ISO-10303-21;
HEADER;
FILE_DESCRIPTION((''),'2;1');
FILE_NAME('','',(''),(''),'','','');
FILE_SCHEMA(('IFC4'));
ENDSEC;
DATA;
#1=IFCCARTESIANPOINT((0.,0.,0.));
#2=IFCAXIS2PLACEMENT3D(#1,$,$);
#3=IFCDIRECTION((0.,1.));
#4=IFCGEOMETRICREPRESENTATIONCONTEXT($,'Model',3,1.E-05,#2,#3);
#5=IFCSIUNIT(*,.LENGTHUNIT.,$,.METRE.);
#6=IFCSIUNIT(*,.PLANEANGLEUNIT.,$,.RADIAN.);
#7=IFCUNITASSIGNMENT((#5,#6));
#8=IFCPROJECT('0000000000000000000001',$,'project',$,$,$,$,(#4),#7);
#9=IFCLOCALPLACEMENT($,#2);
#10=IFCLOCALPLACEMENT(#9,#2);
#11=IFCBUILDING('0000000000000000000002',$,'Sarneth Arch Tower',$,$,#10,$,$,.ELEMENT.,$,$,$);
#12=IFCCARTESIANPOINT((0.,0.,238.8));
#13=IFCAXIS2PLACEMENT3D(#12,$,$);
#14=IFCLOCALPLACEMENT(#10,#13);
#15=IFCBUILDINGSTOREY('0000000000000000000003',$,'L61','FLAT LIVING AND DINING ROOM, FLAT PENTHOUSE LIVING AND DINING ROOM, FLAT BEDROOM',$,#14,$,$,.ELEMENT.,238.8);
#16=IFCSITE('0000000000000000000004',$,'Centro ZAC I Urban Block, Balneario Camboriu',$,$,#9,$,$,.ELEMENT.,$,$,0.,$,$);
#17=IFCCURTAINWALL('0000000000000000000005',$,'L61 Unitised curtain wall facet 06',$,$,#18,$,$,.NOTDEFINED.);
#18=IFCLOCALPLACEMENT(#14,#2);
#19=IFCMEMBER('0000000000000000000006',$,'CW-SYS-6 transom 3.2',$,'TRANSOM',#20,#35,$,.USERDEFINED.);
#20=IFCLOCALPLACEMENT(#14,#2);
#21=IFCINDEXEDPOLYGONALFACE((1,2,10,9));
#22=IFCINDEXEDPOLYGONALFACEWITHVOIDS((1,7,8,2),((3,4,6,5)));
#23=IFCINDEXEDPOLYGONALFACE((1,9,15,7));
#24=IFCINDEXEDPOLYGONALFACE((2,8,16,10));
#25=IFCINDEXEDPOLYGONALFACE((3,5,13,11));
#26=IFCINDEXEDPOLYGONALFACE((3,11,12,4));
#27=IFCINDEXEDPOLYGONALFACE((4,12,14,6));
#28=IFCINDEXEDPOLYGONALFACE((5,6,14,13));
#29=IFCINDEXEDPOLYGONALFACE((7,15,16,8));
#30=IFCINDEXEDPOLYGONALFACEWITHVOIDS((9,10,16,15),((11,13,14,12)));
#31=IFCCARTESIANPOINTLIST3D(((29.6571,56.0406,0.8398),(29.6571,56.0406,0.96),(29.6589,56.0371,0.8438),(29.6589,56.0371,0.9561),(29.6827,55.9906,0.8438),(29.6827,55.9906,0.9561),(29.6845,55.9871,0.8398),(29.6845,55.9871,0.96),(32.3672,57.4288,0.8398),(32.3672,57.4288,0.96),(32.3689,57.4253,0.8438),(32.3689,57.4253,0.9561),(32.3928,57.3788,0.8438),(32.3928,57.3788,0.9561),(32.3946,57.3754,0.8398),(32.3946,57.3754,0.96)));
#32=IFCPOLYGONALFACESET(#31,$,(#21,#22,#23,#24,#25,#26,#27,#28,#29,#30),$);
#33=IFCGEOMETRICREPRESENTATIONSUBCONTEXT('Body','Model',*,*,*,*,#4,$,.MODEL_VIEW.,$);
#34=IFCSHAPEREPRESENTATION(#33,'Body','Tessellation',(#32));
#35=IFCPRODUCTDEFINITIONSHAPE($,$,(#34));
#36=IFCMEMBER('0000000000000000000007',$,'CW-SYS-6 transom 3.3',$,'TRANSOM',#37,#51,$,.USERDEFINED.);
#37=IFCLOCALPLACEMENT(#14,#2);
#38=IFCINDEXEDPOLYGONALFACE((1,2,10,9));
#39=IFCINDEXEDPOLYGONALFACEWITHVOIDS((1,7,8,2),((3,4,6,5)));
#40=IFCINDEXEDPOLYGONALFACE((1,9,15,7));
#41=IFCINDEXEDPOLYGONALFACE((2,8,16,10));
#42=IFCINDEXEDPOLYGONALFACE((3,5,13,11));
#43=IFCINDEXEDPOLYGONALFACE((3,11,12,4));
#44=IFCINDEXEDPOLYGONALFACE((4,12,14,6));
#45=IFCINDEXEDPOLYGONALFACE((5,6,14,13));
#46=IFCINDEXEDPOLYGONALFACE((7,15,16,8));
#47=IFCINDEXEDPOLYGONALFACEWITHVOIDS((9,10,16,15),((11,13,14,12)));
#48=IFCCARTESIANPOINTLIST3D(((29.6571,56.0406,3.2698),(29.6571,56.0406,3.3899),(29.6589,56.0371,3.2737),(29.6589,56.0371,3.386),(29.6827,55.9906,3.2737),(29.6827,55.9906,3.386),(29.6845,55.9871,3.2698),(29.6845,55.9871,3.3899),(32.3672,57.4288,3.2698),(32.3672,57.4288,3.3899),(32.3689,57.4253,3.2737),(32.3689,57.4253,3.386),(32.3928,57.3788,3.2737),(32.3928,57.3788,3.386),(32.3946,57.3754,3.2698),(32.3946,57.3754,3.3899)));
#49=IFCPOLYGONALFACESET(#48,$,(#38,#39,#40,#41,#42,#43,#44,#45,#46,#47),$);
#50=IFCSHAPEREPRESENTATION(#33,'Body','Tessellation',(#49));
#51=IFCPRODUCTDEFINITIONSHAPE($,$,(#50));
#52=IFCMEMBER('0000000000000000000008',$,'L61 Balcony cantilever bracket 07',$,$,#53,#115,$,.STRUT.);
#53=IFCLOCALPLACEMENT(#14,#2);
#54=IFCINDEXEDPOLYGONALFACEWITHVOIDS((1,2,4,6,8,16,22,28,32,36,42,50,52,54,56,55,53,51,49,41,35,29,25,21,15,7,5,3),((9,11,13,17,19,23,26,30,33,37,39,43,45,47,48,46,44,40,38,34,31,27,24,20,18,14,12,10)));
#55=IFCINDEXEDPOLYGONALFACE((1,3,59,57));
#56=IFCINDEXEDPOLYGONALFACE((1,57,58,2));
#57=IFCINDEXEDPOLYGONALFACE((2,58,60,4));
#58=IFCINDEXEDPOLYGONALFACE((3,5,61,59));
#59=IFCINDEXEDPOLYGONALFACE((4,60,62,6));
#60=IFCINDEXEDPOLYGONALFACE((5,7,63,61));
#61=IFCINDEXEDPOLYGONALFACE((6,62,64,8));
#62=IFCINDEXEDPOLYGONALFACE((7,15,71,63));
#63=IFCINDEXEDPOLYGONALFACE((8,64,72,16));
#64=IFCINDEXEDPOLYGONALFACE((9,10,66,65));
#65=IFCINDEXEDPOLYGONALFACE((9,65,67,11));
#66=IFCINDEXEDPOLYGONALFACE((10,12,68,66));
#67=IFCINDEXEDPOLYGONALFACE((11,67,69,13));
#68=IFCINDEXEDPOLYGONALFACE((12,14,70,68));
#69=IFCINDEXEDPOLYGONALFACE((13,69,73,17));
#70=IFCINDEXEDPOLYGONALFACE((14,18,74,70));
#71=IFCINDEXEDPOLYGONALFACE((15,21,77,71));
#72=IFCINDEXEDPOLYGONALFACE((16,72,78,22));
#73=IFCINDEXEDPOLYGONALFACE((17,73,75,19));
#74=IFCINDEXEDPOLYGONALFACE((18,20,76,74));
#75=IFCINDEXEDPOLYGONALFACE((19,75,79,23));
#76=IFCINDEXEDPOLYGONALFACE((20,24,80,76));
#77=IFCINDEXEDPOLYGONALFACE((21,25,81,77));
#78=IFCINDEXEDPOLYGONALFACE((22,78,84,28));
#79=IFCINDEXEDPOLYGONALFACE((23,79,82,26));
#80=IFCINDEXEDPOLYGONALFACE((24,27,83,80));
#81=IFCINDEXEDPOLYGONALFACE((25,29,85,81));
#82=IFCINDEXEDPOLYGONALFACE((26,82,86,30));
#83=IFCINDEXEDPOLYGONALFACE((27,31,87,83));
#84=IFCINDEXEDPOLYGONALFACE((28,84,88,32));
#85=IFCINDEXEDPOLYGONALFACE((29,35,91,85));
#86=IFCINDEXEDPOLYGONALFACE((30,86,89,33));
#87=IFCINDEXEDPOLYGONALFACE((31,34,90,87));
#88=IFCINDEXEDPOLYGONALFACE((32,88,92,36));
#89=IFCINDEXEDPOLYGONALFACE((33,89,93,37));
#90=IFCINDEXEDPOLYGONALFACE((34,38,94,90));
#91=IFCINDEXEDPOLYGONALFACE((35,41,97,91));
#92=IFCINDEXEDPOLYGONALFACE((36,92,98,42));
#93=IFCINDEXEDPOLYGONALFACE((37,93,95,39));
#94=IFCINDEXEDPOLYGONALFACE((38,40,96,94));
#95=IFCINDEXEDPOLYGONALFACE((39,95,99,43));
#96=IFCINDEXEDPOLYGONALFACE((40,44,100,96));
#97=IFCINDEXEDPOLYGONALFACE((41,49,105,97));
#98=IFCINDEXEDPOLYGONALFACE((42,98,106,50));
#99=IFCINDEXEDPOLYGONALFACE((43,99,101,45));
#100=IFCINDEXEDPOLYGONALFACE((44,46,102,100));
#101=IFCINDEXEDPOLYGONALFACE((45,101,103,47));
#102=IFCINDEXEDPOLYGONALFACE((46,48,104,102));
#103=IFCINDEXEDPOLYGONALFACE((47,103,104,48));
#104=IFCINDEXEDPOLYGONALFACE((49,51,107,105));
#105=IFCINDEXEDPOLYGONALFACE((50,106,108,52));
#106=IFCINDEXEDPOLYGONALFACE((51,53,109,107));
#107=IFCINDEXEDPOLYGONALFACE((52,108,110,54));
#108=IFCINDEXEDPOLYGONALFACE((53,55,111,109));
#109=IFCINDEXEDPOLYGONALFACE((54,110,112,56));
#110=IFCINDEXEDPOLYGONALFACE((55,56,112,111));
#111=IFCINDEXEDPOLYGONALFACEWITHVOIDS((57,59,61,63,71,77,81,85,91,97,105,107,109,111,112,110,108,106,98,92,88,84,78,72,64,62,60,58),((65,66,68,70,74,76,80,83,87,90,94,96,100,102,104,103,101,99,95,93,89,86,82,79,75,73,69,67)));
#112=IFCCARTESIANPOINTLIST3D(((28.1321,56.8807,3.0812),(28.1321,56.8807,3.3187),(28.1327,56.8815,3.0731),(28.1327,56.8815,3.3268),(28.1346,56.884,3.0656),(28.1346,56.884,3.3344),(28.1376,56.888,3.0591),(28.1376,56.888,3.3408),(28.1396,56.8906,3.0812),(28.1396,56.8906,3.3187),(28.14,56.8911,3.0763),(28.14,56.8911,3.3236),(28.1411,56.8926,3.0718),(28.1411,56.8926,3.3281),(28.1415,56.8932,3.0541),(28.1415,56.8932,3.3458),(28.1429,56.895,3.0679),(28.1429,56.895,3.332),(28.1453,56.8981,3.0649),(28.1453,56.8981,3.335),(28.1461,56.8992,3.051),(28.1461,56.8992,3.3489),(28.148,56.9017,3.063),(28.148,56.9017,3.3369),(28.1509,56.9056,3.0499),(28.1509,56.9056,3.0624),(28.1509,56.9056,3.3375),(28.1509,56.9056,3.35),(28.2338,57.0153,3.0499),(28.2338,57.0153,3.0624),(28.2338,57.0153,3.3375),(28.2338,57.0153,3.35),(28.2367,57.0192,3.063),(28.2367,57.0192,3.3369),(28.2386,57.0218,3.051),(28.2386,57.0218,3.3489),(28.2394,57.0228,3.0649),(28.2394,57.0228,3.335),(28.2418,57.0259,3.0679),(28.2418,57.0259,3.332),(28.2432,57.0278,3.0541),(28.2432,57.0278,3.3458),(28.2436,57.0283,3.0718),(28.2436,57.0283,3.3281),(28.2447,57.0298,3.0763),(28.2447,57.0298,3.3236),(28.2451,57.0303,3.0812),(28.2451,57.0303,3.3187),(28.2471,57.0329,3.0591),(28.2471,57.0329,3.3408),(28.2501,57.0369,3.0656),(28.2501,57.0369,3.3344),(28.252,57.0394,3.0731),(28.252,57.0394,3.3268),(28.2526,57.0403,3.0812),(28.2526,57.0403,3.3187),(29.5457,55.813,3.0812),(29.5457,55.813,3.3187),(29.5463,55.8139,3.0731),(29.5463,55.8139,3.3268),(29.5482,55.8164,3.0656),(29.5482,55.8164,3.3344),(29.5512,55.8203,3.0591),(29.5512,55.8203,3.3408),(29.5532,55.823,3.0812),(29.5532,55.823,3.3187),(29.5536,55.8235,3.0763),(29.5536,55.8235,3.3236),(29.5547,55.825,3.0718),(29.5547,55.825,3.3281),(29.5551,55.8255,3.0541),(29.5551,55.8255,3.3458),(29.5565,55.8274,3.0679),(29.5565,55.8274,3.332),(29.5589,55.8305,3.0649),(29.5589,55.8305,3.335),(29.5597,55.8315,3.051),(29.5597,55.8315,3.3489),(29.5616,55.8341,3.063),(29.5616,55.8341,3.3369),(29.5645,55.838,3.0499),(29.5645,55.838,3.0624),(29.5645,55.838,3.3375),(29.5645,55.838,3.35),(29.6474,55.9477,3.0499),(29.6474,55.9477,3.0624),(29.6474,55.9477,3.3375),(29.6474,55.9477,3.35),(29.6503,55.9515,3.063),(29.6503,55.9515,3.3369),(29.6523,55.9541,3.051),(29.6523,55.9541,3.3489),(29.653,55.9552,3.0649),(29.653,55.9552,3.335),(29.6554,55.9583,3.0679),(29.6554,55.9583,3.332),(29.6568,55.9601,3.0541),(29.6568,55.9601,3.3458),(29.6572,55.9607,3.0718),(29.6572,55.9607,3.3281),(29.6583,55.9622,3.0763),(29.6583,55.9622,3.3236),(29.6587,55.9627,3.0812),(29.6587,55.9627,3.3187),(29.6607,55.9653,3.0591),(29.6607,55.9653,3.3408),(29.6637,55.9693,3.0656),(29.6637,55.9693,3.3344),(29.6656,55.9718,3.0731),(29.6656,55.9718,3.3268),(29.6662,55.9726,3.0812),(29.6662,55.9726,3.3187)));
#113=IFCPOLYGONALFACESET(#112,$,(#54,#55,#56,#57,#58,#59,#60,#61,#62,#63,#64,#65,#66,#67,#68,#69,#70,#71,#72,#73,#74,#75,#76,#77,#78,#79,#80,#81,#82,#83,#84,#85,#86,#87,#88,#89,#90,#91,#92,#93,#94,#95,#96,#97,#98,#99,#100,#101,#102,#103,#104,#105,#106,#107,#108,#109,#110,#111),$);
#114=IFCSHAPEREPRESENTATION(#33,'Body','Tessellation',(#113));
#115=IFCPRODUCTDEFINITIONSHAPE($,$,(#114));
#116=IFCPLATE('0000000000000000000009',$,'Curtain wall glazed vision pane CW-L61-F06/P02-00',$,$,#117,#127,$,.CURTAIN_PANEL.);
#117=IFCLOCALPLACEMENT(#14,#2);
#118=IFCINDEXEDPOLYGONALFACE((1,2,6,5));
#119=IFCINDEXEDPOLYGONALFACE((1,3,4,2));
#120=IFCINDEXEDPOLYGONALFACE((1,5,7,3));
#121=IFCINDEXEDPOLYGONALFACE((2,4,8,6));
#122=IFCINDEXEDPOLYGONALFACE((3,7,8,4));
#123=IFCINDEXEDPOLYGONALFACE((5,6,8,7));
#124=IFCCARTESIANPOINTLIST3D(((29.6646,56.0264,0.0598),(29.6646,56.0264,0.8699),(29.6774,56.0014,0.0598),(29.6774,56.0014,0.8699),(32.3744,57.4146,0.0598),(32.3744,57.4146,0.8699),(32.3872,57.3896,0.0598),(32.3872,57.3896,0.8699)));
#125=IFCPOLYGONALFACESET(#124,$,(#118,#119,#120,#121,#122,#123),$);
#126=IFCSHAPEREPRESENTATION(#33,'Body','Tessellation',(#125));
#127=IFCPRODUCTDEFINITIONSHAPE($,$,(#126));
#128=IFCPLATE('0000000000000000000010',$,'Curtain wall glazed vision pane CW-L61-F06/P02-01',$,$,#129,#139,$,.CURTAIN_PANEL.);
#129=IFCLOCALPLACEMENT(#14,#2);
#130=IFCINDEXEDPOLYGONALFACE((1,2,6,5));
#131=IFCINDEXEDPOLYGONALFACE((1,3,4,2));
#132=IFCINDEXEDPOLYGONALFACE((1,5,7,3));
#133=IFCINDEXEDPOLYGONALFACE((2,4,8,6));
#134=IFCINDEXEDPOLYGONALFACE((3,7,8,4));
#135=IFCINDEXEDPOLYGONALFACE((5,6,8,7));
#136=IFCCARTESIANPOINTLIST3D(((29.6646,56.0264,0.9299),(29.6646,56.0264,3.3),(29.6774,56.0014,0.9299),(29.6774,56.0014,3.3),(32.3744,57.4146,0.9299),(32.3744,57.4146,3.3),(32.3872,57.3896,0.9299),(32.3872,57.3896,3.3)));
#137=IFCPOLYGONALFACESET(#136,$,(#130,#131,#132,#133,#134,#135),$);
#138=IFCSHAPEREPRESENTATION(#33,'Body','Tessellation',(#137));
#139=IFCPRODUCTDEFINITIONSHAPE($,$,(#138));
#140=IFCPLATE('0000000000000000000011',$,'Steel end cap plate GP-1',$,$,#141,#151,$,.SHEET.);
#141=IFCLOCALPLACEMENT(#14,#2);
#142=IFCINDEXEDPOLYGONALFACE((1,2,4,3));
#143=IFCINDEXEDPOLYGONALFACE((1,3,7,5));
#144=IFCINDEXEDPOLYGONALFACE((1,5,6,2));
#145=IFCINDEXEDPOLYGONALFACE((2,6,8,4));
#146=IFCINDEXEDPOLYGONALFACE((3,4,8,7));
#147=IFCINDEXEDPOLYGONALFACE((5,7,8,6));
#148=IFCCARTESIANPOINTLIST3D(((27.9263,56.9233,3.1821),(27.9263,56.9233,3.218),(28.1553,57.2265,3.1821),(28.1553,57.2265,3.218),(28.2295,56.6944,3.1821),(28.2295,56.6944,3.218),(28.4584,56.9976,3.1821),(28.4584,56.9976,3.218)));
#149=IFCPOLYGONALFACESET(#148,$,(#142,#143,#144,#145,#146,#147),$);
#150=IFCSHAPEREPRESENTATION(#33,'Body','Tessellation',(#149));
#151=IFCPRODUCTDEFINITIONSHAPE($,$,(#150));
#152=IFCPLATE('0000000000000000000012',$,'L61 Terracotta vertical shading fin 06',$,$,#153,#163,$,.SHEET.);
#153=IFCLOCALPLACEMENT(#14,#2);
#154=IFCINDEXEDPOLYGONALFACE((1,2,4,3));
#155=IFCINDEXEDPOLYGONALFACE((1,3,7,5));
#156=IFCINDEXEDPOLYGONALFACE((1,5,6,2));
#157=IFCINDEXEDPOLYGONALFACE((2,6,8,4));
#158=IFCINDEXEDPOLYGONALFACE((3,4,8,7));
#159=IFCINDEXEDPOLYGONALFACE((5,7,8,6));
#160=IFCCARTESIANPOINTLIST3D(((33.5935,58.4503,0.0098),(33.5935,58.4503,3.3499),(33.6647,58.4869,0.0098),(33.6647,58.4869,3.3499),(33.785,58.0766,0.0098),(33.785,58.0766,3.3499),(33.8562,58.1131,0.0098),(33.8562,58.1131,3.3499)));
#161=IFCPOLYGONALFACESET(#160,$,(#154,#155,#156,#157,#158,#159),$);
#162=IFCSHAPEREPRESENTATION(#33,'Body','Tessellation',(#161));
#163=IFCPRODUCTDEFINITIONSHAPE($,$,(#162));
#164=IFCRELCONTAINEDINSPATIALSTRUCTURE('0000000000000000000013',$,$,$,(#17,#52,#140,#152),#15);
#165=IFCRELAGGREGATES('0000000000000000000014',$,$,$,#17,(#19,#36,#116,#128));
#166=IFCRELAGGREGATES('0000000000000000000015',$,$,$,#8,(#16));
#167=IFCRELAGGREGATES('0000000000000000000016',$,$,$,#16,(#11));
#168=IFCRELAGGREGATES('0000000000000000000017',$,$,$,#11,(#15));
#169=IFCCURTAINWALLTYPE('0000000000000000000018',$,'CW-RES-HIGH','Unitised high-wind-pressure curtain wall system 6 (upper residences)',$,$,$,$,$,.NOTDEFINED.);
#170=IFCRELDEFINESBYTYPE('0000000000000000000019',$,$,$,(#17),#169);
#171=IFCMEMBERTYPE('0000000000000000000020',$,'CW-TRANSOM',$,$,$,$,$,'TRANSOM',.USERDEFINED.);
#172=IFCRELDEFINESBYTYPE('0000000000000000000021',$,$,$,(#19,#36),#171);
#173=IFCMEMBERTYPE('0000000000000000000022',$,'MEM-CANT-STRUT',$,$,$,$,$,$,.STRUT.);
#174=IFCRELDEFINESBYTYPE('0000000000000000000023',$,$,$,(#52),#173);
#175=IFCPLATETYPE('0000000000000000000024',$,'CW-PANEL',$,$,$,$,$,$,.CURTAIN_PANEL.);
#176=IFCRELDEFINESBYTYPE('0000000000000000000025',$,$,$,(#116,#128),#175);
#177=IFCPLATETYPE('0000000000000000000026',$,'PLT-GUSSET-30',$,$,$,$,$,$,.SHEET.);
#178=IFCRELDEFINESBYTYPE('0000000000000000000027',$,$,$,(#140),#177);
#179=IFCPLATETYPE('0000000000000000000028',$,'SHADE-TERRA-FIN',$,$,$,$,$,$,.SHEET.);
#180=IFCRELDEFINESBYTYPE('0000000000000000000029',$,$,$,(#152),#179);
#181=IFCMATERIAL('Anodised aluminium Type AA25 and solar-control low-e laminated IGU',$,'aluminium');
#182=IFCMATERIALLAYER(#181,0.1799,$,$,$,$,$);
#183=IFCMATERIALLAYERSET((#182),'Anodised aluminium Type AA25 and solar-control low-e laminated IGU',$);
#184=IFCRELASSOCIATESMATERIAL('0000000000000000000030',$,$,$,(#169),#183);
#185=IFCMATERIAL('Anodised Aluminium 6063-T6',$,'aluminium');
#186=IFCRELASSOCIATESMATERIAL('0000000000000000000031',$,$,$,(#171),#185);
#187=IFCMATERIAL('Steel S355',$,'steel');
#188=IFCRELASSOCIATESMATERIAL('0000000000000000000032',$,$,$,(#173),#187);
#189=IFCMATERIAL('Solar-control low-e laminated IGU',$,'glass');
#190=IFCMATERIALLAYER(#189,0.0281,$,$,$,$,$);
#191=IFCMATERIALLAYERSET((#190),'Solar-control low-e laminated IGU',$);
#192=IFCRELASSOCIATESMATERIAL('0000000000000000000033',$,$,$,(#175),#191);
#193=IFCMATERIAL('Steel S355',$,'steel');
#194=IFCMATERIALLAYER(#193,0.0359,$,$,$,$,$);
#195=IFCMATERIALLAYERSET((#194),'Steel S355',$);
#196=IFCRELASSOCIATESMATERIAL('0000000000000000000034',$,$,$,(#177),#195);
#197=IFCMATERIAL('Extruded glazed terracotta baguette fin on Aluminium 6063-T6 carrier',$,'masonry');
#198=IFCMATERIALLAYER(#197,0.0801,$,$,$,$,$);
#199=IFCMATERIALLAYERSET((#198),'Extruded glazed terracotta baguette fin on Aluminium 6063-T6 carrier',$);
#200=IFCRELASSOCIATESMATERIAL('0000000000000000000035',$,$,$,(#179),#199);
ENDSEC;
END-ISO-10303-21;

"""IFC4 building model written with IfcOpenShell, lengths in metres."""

from ifc_helpers import new_model, si_unit, direction, frame, origin, origin_2d, place, context, subcontext, project, spatial, rectangle, hollow_rectangle, extrude, material, layer, layer_set, material_profile, profile_set, type_object, element, aggregate, save


model = new_model("IFC4")

# Units and contexts
model_context = context("Model", 3, precision=1e-05, world=origin(), true_north=direction((0.0, 1.0)))
body_context = subcontext(model_context, "Body", "Model", "MODEL_VIEW")
ifc_project = project(units=[si_unit("LENGTHUNIT", "METRE"), si_unit("PLANEANGLEUNIT", "RADIAN")], contexts=[model_context])

# Site, building, storey
site_placement = place(None, origin())
site = spatial("IfcSite", under=ifc_project, at=site_placement, Name="Centro ZAC I Urban Block, Balneario Camboriu", CompositionType="ELEMENT", RefElevation=0.0)
building_placement = place(site_placement, origin())
building = spatial("IfcBuilding", under=site, at=building_placement, Name="Sarneth Arch Tower", CompositionType="ELEMENT")
storey_placement = place(building_placement, frame((0.0, 0.0, 238.8)))
storey = spatial("IfcBuildingStorey", under=building, at=storey_placement, Name="L61", Description="FLAT LIVING AND DINING ROOM, FLAT PENTHOUSE LIVING AND DINING ROOM, FLAT BEDROOM", CompositionType="ELEMENT", Elevation=238.8)

# Curtain wall, members
ifc_material_1 = material(Name="Anodised aluminium Type AA25 and solar-control low-e laminated IGU", Category="aluminium")
ifc_layer_1 = layer(ifc_material_1, 0.1799)
ifc_layer_set_1 = layer_set([ifc_layer_1], Name="Anodised aluminium Type AA25 and solar-control low-e laminated IGU")
curtain_wall_type = type_object("IfcCurtainWallType", Name="CW-RES-HIGH", Description="Unitised high-wind-pressure curtain wall system 6 (upper residences)", PredefinedType="NOTDEFINED", material=ifc_layer_set_1)
curtain_wall_placement = place(storey_placement, origin())
curtain_wall = element("IfcCurtainWall", 1, at=curtain_wall_placement, inside=storey, type_object=curtain_wall_type, Name="L61 Unitised curtain wall facet 06", PredefinedType="NOTDEFINED")
ifc_material_2 = material(Name="Anodised Aluminium 6063-T6", Category="aluminium")
ifc_material_profile_1 = material_profile(ifc_material_2, hollow_rectangle(XDim=0.0601, YDim=0.1201, WallThickness=0.0039, at=origin_2d()), Name="AL-TRAN-120x60x4")
ifc_profile_set_1 = profile_set([ifc_material_profile_1], Name="Anodised Aluminium 6063-T6")
member_type_1 = type_object("IfcMemberType", Name="CW-TRANSOM", ElementType="TRANSOM", PredefinedType="USERDEFINED", material=ifc_profile_set_1)
member_1_placement = place(storey_placement, frame((32.3809, 57.4021, 0.8999), z_axis=(-0.890023, -0.455916, 0.0), x_axis=(0.455916, -0.890023, 0.0)))
member_1 = element("IfcMember", 2, at=member_1_placement, type_object=member_type_1, Name="CW-SYS-6 transom 3.2", ObjectType="TRANSOM", PredefinedType="USERDEFINED", context=body_context, shape_type="SweptSolid", body=[
    extrude(hollow_rectangle(XDim=0.0601, YDim=0.1201, WallThickness=0.0039, at=origin_2d()), origin(), (0.0, 0.0, 1.0), 3.0449),
])
member_2_placement = place(storey_placement, frame((32.3809, 57.4021, 3.3298), z_axis=(-0.890023, -0.455916, 0.0), x_axis=(0.455916, -0.890023, 0.0)))
member_2 = element("IfcMember", 3, at=member_2_placement, type_object=member_type_1, Name="CW-SYS-6 transom 3.3", ObjectType="TRANSOM", PredefinedType="USERDEFINED", context=body_context, shape_type="SweptSolid", body=[
    extrude(hollow_rectangle(XDim=0.0601, YDim=0.1201, WallThickness=0.0039, at=origin_2d()), origin(), (0.0, 0.0, 1.0), 3.0449),
])

# Member
ifc_material_3 = material(Name="Steel S355", Category="steel")
ifc_material_profile_2 = material_profile(ifc_material_3, hollow_rectangle(XDim=0.2, YDim=0.3, WallThickness=0.0125, InnerFilletRadius=0.0188, OuterFilletRadius=0.0312, at=origin_2d()), Name="RHS300x200x12.5")
ifc_profile_set_2 = profile_set([ifc_material_profile_2], Name="Steel S355")
member_type_2 = type_object("IfcMemberType", Name="MEM-CANT-STRUT", PredefinedType="STRUT", material=ifc_profile_set_2)
member_3_placement = place(storey_placement, frame((29.606, 55.8928, 3.2), z_axis=(-0.797978, 0.602687, 0.0), x_axis=(-0.602687, -0.797978, 0.0)))
element("IfcMember", 4, at=member_3_placement, inside=storey, type_object=member_type_2, Name="L61 Balcony cantilever bracket 07", PredefinedType="STRUT", context=body_context, shape_type="SweptSolid", body=[
    extrude(hollow_rectangle(XDim=0.2, YDim=0.3, WallThickness=0.0125, InnerFilletRadius=0.0188, OuterFilletRadius=0.0312, at=origin_2d()), origin(), (0.0, 0.0, 1.0), 1.7715),
])

# Plates
ifc_material_4 = material(Name="Solar-control low-e laminated IGU", Category="glass")
ifc_layer_2 = layer(ifc_material_4, 0.0281)
ifc_layer_set_2 = layer_set([ifc_layer_2], Name="Solar-control low-e laminated IGU")
plate_type_1 = type_object("IfcPlateType", Name="CW-PANEL", PredefinedType="CURTAIN_PANEL", material=ifc_layer_set_2)
plate_1_placement = place(storey_placement, frame((31.0259, 56.708, 0.0598), z_axis=(0.0, 0.0, 1.0), x_axis=(-0.89001, -0.455942, 0.0)))
plate_1 = element("IfcPlate", 5, at=plate_1_placement, type_object=plate_type_1, Name="Curtain wall glazed vision pane CW-L61-F06/P02-00", PredefinedType="CURTAIN_PANEL", context=body_context, shape_type="SweptSolid", body=[
    extrude(rectangle(XDim=3.0447, YDim=0.0281, at=origin_2d()), origin(), (0.0, 0.0, 1.0), 0.8101),
])
plate_2_placement = place(storey_placement, frame((31.0259, 56.708, 0.9299), z_axis=(0.0, 0.0, 1.0), x_axis=(-0.89001, -0.455942, 0.0)))
plate_2 = element("IfcPlate", 6, at=plate_2_placement, type_object=plate_type_1, Name="Curtain wall glazed vision pane CW-L61-F06/P02-01", PredefinedType="CURTAIN_PANEL", context=body_context, shape_type="SweptSolid", body=[
    extrude(rectangle(XDim=3.0447, YDim=0.0281, at=origin_2d()), origin(), (0.0, 0.0, 1.0), 2.3701),
])
aggregate(curtain_wall, [member_1, member_2, plate_1, plate_2])

# Plates
ifc_material_5 = material(Name="Steel S355", Category="steel")
ifc_layer_3 = layer(ifc_material_5, 0.0359)
ifc_layer_set_3 = layer_set([ifc_layer_3], Name="Steel S355")
plate_type_2 = type_object("IfcPlateType", Name="PLT-GUSSET-30", PredefinedType="SHEET", material=ifc_layer_set_3)
plate_3_placement = place(storey_placement, frame((28.1924, 56.9604, 3.1821), z_axis=(0.0, 0.0, 1.0), x_axis=(-0.798005, 0.602651, 0.0)))
element("IfcPlate", 7, at=plate_3_placement, inside=storey, type_object=plate_type_2, Name="Steel end cap plate GP-1", PredefinedType="SHEET", context=body_context, shape_type="SweptSolid", body=[
    extrude(rectangle(XDim=0.3799, YDim=0.3799, at=origin_2d()), origin(), (0.0, 0.0, 1.0), 0.0359),
])
ifc_material_6 = material(Name="Extruded glazed terracotta baguette fin on Aluminium 6063-T6 carrier", Category="masonry")
ifc_layer_4 = layer(ifc_material_6, 0.0801)
ifc_layer_set_4 = layer_set([ifc_layer_4], Name="Extruded glazed terracotta baguette fin on Aluminium 6063-T6 carrier")
plate_type_3 = type_object("IfcPlateType", Name="SHADE-TERRA-FIN", PredefinedType="SHEET", material=ifc_layer_set_4)
plate_4_placement = place(storey_placement, frame((33.7249, 58.2817, 0.0098), z_axis=(0.0, 0.0, 1.0), x_axis=(-0.456011, 0.889974, 0.0)))
element("IfcPlate", 8, at=plate_4_placement, inside=storey, type_object=plate_type_3, Name="L61 Terracotta vertical shading fin 06", PredefinedType="SHEET", context=body_context, shape_type="SweptSolid", body=[
    extrude(rectangle(XDim=0.4199, YDim=0.0801, at=origin_2d()), origin(), (0.0, 0.0, 1.0), 3.3401),
])

save(model, "model.ifc")
